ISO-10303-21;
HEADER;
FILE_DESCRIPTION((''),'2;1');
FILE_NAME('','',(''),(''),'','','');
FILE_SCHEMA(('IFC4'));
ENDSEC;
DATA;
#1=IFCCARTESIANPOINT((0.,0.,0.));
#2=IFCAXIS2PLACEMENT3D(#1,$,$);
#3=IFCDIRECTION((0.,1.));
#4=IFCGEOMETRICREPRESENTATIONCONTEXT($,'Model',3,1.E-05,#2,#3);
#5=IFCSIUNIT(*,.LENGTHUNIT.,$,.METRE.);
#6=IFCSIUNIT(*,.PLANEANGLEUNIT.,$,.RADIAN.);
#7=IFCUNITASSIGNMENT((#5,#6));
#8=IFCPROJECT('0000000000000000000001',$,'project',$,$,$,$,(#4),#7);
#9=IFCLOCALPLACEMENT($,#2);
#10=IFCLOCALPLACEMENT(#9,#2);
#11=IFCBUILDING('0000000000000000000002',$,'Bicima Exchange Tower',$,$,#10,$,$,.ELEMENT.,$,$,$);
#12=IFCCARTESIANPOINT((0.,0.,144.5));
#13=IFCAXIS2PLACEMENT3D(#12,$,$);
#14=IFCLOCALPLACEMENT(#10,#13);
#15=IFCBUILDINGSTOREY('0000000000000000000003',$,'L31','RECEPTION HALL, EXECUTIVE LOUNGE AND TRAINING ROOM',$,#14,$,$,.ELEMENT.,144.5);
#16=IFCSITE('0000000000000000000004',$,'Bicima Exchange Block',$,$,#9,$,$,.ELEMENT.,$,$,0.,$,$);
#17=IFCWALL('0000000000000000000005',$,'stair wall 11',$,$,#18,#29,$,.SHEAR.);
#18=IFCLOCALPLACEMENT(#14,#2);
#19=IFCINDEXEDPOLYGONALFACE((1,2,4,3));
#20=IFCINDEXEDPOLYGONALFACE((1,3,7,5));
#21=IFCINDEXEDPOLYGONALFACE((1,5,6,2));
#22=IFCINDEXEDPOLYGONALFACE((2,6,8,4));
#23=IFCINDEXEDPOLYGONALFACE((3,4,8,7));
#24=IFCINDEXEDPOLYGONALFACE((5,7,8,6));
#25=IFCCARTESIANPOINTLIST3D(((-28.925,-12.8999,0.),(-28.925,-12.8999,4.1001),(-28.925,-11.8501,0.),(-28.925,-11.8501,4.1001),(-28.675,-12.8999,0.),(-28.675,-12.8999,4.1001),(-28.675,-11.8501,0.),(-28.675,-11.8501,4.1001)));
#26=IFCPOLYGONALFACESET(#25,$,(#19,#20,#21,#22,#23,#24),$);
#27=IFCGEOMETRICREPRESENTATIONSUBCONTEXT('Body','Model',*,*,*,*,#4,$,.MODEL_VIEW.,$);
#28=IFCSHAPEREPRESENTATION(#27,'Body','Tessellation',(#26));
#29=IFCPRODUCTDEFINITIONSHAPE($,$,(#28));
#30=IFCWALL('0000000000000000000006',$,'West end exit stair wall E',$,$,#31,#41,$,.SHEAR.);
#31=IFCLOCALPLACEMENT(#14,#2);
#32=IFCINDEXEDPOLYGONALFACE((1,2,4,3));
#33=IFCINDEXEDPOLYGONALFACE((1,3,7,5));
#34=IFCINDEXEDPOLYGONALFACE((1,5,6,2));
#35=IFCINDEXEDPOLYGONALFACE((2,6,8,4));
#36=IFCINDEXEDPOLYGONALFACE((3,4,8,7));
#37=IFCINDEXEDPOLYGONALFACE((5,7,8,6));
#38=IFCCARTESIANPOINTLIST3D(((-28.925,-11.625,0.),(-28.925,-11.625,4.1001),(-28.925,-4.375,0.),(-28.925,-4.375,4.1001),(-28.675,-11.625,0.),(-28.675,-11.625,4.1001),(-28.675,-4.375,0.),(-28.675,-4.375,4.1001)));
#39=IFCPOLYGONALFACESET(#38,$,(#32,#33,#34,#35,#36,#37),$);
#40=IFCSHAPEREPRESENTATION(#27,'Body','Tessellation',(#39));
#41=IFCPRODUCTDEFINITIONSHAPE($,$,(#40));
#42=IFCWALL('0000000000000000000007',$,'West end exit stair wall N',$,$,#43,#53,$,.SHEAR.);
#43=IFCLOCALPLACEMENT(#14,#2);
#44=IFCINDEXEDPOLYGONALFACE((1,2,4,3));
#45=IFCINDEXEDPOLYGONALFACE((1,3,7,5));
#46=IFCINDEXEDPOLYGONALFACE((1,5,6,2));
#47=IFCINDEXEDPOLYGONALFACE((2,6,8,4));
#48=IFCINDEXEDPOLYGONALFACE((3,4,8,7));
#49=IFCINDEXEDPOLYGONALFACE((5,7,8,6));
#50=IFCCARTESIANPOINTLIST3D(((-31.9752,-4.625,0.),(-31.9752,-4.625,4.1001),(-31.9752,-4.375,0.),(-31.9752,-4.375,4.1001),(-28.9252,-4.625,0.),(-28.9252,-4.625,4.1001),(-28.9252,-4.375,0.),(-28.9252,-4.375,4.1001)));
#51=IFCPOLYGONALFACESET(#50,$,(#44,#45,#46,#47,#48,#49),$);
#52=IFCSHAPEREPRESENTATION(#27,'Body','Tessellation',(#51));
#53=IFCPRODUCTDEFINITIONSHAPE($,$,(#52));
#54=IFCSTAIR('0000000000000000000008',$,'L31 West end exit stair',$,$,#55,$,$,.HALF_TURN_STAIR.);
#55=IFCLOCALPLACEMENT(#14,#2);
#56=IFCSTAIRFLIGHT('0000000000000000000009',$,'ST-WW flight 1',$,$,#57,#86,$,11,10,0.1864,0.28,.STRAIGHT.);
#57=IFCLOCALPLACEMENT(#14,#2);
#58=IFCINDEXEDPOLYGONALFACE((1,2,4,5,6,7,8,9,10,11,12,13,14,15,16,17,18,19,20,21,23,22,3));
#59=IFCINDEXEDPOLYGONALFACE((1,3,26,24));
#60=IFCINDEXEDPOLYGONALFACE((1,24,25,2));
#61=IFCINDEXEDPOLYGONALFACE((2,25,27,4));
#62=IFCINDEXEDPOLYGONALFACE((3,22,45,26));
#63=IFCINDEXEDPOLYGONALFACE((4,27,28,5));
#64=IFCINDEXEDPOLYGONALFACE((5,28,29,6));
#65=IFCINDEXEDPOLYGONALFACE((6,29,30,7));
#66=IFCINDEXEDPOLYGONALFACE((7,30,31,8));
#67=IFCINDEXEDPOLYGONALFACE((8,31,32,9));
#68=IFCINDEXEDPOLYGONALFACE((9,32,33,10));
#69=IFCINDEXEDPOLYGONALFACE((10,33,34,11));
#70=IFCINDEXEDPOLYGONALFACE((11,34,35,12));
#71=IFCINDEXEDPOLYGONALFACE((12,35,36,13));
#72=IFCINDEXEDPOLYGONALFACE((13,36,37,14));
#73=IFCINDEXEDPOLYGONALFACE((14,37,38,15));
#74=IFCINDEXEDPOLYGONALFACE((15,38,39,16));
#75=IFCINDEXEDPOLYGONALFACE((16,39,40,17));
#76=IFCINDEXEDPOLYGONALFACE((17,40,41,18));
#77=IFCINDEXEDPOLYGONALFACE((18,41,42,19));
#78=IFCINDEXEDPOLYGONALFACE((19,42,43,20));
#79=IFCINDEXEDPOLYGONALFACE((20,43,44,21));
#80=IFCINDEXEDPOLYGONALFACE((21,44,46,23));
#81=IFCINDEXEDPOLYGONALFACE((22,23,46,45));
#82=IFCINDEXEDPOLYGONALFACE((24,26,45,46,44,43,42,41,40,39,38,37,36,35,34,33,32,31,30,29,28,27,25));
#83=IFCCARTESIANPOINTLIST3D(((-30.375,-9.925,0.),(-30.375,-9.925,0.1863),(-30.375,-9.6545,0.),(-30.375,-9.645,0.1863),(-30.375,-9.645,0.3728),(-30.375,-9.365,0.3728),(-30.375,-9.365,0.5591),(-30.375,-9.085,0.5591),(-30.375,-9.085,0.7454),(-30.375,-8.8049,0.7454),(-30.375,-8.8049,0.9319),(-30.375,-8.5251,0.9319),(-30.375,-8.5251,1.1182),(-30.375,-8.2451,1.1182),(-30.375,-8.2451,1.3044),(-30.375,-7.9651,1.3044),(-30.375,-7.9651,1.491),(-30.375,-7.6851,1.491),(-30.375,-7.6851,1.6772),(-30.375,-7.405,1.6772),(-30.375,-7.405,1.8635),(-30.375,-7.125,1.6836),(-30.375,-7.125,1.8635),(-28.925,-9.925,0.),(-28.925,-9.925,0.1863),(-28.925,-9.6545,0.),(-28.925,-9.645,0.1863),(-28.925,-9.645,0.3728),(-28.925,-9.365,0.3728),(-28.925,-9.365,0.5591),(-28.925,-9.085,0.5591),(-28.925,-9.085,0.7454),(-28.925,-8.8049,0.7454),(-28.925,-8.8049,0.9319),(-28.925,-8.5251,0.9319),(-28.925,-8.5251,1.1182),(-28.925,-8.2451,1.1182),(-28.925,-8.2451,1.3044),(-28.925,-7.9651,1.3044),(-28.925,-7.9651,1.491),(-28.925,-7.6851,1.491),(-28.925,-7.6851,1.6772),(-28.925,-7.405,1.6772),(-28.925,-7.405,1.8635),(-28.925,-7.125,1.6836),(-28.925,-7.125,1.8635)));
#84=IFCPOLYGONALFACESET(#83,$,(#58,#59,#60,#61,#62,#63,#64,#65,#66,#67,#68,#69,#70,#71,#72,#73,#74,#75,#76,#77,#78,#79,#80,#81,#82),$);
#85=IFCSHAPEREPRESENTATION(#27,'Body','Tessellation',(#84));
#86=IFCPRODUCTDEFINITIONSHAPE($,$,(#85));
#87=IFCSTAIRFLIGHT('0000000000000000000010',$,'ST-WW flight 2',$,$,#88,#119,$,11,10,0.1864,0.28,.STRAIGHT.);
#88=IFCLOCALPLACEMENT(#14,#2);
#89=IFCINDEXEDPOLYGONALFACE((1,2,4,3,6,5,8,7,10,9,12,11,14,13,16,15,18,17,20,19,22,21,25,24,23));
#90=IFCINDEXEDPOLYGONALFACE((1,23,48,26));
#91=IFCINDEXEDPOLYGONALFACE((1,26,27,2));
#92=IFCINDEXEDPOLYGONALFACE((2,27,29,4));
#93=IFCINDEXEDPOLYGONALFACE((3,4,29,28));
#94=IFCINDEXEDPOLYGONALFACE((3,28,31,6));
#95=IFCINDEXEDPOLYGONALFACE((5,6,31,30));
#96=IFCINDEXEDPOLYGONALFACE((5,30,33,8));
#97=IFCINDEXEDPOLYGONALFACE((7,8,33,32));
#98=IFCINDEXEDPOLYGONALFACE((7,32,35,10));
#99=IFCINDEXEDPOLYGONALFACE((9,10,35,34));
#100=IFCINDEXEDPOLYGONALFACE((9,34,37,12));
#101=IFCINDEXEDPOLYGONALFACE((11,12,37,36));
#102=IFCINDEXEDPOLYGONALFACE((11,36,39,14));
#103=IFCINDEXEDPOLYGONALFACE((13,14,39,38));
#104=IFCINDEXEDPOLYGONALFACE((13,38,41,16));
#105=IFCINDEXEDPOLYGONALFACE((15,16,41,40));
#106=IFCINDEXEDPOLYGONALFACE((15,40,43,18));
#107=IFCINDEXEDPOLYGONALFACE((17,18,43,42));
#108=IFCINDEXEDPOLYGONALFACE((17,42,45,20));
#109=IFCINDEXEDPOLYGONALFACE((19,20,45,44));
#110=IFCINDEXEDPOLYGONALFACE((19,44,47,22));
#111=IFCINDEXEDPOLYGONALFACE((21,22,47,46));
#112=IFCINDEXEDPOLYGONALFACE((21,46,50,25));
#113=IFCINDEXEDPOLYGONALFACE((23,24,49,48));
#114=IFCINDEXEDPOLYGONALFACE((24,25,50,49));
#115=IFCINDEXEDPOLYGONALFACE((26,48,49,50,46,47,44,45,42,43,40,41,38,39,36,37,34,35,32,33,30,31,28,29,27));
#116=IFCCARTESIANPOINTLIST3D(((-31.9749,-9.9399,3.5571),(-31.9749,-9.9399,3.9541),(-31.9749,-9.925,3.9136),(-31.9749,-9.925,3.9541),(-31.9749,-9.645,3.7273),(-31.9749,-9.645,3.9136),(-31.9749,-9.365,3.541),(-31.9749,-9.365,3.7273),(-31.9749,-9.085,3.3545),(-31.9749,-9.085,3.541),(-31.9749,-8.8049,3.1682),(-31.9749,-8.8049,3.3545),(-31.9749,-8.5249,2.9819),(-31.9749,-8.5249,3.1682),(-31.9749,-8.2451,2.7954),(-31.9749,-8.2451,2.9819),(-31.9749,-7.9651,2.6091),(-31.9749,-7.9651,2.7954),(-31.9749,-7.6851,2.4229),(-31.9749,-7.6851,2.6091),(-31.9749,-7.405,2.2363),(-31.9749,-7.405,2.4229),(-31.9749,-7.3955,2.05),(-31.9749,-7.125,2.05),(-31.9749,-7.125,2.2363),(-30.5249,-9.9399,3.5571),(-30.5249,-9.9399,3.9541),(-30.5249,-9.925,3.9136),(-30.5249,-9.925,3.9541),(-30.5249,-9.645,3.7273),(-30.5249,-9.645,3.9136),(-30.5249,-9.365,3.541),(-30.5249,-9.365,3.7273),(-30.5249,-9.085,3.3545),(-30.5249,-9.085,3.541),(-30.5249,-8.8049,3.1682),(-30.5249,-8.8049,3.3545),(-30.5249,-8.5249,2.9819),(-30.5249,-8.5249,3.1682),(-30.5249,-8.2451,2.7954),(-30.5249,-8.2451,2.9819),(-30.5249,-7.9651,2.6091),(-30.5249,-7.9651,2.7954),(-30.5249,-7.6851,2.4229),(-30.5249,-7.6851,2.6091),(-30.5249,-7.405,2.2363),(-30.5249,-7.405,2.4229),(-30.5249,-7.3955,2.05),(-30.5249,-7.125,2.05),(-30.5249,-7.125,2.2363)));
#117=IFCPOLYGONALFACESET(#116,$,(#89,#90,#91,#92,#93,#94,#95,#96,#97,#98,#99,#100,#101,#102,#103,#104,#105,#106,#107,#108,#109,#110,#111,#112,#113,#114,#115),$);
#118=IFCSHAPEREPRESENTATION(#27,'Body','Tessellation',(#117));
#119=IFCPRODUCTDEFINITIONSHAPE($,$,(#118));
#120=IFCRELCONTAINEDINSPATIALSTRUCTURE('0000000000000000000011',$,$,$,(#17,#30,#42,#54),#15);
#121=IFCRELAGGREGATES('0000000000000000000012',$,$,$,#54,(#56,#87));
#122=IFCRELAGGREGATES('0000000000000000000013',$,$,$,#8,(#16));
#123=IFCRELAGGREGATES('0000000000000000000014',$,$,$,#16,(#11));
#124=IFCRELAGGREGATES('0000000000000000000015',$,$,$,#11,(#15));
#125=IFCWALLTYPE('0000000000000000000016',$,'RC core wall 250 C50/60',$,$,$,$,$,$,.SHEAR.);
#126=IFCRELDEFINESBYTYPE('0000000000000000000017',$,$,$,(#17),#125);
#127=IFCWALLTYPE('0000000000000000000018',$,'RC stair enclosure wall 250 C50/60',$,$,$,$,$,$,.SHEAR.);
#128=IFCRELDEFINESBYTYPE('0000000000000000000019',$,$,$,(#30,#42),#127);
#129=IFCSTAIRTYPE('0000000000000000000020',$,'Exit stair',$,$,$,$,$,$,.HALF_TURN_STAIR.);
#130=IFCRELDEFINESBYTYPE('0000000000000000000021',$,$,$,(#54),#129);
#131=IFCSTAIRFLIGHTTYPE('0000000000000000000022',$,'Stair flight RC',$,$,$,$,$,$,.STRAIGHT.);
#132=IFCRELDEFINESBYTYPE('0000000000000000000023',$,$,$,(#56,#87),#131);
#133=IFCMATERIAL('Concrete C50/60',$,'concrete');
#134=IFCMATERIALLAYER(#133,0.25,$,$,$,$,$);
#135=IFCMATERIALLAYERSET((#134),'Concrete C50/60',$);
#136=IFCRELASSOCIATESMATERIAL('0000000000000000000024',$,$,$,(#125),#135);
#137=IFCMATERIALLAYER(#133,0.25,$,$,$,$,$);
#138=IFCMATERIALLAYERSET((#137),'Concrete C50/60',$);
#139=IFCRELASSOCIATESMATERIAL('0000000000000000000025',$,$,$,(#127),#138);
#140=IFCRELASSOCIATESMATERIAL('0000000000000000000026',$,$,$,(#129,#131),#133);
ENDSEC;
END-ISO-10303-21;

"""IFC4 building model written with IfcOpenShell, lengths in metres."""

from ifc_helpers import new_model, si_unit, direction, frame, frame_2d, origin, place, context, subcontext, project, spatial, polyline, rectangle, outline, extrude, material, layer, layer_set, type_object, element, aggregate, save


model = new_model("IFC4")

# Units and contexts
model_context = context("Model", 3, precision=1e-05, world=origin(), true_north=direction((0.0, 1.0)))
body_context = subcontext(model_context, "Body", "Model", "MODEL_VIEW")
ifc_project = project(units=[si_unit("LENGTHUNIT", "METRE"), si_unit("PLANEANGLEUNIT", "RADIAN")], contexts=[model_context])

# Site, building, storey
site_placement = place(None, origin())
site = spatial("IfcSite", under=ifc_project, at=site_placement, Name="Bicima Exchange Block", CompositionType="ELEMENT", RefElevation=0.0)
building_placement = place(site_placement, origin())
building = spatial("IfcBuilding", under=site, at=building_placement, Name="Bicima Exchange Tower", CompositionType="ELEMENT")
storey_placement = place(building_placement, frame((0.0, 0.0, 144.5)))
storey = spatial("IfcBuildingStorey", under=building, at=storey_placement, Name="L31", Description="RECEPTION HALL, EXECUTIVE LOUNGE AND TRAINING ROOM", CompositionType="ELEMENT", Elevation=144.5)

# Shared definitions
ifc_material_1 = material(Name="Concrete C50/60", Category="concrete")

# Walls
ifc_layer_1 = layer(ifc_material_1, 0.25)
ifc_layer_set_1 = layer_set([ifc_layer_1], Name="Concrete C50/60")
wall_type_1 = type_object("IfcWallType", Name="RC core wall 250 C50/60", PredefinedType="SHEAR", material=ifc_layer_set_1)
wall_1_placement = place(storey_placement, frame((-28.8, -12.8999, 0.0), z_axis=(0.0, 0.0, 1.0), x_axis=(0.0, 1.0, 0.0)))
element("IfcWall", 1, at=wall_1_placement, inside=storey, type_object=wall_type_1, Name="stair wall 11", PredefinedType="SHEAR", context=body_context, shape_type="SweptSolid", body=[
    extrude(rectangle(XDim=1.0498, YDim=0.25, at=frame_2d((0.5249, 0.0))), origin(), (0.0, 0.0, 1.0), 4.1001),
])
ifc_layer_2 = layer(ifc_material_1, 0.25)
ifc_layer_set_2 = layer_set([ifc_layer_2], Name="Concrete C50/60")
wall_type_2 = type_object("IfcWallType", Name="RC stair enclosure wall 250 C50/60", PredefinedType="SHEAR", material=ifc_layer_set_2)
wall_2_placement = place(storey_placement, frame((-28.8, -11.625, 0.0), z_axis=(0.0, 0.0, 1.0), x_axis=(0.0, 1.0, 0.0)))
element("IfcWall", 2, at=wall_2_placement, inside=storey, type_object=wall_type_2, Name="West end exit stair wall E", PredefinedType="SHEAR", context=body_context, shape_type="SweptSolid", body=[
    extrude(rectangle(XDim=7.25, YDim=0.25, at=frame_2d((3.625, 0.0))), origin(), (0.0, 0.0, 1.0), 4.1001),
])
wall_3_placement = place(storey_placement, frame((-31.9751, -4.5, 0.0), z_axis=(0.0, 0.0, 1.0), x_axis=(1.0, 0.0, 0.0)))
element("IfcWall", 3, at=wall_3_placement, inside=storey, type_object=wall_type_2, Name="West end exit stair wall N", PredefinedType="SHEAR", context=body_context, shape_type="SweptSolid", body=[
    extrude(rectangle(XDim=3.05, YDim=0.25, at=frame_2d((1.5249, 0.0))), origin(), (0.0, 0.0, 1.0), 4.1001),
])

# Stair, stair flights
stair_type = type_object("IfcStairType", Name="Exit stair", PredefinedType="HALF_TURN_STAIR", material=ifc_material_1)
stair_placement = place(storey_placement, origin())
stair = element("IfcStair", 4, at=stair_placement, inside=storey, type_object=stair_type, Name="L31 West end exit stair", PredefinedType="HALF_TURN_STAIR")
stair_flight_type = type_object("IfcStairFlightType", Name="Stair flight RC", PredefinedType="STRAIGHT", material=ifc_material_1)
stair_flight_1_placement = place(storey_placement, frame((-29.6499, -9.925, 0.0), z_axis=(0.0, 0.0, 1.0), x_axis=(0.0, 1.0, 0.0)))
stair_flight_1 = element("IfcStairFlight", 5, at=stair_flight_1_placement, type_object=stair_flight_type, Name="ST-WW flight 1", NumberOfRisers=11, NumberOfTreads=10, PredefinedType="STRAIGHT", RiserHeight=0.1864, TreadLength=0.28, context=body_context, shape_type="SweptSolid", body=[
    extrude(outline(polyline([(0.0, 0.0), (0.0, 0.1863), (0.28, 0.1863), (0.28, 0.3728), (0.5601, 0.3728), (0.5601, 0.5591), (0.8401, 0.5591), (0.8401, 0.7454), (1.1201, 0.7454), (1.1201, 0.9319), (1.3999, 0.9319), (1.3999, 1.1182), (1.6799, 1.1182), (1.6799, 1.3044), (1.96, 1.3044), (1.96, 1.491), (2.24, 1.491), (2.24, 1.6772), (2.52, 1.6772), (2.52, 1.8635), (2.8, 1.8635), (2.8, 2.05), (2.8, 1.6836), (0.2705, 0.0), (0.0, 0.0)])), frame((0.0, 0.7251, 0.0), z_axis=(0.0, -1.0, 0.0), x_axis=(1.0, 0.0, 0.0)), (0.0, 0.0, 1.0), 1.45),
])
stair_flight_2_placement = place(storey_placement, frame((-31.25, -7.125, 2.05), z_axis=(0.0, 0.0, 1.0), x_axis=(0.0, -1.0, 0.0)))
stair_flight_2 = element("IfcStairFlight", 6, at=stair_flight_2_placement, type_object=stair_flight_type, Name="ST-WW flight 2", NumberOfRisers=11, NumberOfTreads=10, PredefinedType="STRAIGHT", RiserHeight=0.1864, TreadLength=0.28, context=body_context, shape_type="SweptSolid", body=[
    extrude(outline(polyline([(0.0, 0.0), (0.0, 0.1863), (0.28, 0.1863), (0.28, 0.3728), (0.5601, 0.3728), (0.5601, 0.5591), (0.8401, 0.5591), (0.8401, 0.7454), (1.1201, 0.7454), (1.1201, 0.9319), (1.3999, 0.9319), (1.3999, 1.1182), (1.6799, 1.1182), (1.6799, 1.3044), (1.96, 1.3044), (1.96, 1.491), (2.24, 1.491), (2.24, 1.6772), (2.52, 1.6772), (2.52, 1.8635), (2.8, 1.8635), (2.8, 1.9041), (2.8149, 1.9041), (2.8149, 1.5071), (0.2705, 0.0), (0.0, 0.0)])), frame((0.0, 0.7251, 0.0), z_axis=(0.0, -1.0, 0.0), x_axis=(1.0, 0.0, 0.0)), (0.0, 0.0, 1.0), 1.45),
])
aggregate(stair, [stair_flight_1, stair_flight_2])

save(model, "model.ifc")
